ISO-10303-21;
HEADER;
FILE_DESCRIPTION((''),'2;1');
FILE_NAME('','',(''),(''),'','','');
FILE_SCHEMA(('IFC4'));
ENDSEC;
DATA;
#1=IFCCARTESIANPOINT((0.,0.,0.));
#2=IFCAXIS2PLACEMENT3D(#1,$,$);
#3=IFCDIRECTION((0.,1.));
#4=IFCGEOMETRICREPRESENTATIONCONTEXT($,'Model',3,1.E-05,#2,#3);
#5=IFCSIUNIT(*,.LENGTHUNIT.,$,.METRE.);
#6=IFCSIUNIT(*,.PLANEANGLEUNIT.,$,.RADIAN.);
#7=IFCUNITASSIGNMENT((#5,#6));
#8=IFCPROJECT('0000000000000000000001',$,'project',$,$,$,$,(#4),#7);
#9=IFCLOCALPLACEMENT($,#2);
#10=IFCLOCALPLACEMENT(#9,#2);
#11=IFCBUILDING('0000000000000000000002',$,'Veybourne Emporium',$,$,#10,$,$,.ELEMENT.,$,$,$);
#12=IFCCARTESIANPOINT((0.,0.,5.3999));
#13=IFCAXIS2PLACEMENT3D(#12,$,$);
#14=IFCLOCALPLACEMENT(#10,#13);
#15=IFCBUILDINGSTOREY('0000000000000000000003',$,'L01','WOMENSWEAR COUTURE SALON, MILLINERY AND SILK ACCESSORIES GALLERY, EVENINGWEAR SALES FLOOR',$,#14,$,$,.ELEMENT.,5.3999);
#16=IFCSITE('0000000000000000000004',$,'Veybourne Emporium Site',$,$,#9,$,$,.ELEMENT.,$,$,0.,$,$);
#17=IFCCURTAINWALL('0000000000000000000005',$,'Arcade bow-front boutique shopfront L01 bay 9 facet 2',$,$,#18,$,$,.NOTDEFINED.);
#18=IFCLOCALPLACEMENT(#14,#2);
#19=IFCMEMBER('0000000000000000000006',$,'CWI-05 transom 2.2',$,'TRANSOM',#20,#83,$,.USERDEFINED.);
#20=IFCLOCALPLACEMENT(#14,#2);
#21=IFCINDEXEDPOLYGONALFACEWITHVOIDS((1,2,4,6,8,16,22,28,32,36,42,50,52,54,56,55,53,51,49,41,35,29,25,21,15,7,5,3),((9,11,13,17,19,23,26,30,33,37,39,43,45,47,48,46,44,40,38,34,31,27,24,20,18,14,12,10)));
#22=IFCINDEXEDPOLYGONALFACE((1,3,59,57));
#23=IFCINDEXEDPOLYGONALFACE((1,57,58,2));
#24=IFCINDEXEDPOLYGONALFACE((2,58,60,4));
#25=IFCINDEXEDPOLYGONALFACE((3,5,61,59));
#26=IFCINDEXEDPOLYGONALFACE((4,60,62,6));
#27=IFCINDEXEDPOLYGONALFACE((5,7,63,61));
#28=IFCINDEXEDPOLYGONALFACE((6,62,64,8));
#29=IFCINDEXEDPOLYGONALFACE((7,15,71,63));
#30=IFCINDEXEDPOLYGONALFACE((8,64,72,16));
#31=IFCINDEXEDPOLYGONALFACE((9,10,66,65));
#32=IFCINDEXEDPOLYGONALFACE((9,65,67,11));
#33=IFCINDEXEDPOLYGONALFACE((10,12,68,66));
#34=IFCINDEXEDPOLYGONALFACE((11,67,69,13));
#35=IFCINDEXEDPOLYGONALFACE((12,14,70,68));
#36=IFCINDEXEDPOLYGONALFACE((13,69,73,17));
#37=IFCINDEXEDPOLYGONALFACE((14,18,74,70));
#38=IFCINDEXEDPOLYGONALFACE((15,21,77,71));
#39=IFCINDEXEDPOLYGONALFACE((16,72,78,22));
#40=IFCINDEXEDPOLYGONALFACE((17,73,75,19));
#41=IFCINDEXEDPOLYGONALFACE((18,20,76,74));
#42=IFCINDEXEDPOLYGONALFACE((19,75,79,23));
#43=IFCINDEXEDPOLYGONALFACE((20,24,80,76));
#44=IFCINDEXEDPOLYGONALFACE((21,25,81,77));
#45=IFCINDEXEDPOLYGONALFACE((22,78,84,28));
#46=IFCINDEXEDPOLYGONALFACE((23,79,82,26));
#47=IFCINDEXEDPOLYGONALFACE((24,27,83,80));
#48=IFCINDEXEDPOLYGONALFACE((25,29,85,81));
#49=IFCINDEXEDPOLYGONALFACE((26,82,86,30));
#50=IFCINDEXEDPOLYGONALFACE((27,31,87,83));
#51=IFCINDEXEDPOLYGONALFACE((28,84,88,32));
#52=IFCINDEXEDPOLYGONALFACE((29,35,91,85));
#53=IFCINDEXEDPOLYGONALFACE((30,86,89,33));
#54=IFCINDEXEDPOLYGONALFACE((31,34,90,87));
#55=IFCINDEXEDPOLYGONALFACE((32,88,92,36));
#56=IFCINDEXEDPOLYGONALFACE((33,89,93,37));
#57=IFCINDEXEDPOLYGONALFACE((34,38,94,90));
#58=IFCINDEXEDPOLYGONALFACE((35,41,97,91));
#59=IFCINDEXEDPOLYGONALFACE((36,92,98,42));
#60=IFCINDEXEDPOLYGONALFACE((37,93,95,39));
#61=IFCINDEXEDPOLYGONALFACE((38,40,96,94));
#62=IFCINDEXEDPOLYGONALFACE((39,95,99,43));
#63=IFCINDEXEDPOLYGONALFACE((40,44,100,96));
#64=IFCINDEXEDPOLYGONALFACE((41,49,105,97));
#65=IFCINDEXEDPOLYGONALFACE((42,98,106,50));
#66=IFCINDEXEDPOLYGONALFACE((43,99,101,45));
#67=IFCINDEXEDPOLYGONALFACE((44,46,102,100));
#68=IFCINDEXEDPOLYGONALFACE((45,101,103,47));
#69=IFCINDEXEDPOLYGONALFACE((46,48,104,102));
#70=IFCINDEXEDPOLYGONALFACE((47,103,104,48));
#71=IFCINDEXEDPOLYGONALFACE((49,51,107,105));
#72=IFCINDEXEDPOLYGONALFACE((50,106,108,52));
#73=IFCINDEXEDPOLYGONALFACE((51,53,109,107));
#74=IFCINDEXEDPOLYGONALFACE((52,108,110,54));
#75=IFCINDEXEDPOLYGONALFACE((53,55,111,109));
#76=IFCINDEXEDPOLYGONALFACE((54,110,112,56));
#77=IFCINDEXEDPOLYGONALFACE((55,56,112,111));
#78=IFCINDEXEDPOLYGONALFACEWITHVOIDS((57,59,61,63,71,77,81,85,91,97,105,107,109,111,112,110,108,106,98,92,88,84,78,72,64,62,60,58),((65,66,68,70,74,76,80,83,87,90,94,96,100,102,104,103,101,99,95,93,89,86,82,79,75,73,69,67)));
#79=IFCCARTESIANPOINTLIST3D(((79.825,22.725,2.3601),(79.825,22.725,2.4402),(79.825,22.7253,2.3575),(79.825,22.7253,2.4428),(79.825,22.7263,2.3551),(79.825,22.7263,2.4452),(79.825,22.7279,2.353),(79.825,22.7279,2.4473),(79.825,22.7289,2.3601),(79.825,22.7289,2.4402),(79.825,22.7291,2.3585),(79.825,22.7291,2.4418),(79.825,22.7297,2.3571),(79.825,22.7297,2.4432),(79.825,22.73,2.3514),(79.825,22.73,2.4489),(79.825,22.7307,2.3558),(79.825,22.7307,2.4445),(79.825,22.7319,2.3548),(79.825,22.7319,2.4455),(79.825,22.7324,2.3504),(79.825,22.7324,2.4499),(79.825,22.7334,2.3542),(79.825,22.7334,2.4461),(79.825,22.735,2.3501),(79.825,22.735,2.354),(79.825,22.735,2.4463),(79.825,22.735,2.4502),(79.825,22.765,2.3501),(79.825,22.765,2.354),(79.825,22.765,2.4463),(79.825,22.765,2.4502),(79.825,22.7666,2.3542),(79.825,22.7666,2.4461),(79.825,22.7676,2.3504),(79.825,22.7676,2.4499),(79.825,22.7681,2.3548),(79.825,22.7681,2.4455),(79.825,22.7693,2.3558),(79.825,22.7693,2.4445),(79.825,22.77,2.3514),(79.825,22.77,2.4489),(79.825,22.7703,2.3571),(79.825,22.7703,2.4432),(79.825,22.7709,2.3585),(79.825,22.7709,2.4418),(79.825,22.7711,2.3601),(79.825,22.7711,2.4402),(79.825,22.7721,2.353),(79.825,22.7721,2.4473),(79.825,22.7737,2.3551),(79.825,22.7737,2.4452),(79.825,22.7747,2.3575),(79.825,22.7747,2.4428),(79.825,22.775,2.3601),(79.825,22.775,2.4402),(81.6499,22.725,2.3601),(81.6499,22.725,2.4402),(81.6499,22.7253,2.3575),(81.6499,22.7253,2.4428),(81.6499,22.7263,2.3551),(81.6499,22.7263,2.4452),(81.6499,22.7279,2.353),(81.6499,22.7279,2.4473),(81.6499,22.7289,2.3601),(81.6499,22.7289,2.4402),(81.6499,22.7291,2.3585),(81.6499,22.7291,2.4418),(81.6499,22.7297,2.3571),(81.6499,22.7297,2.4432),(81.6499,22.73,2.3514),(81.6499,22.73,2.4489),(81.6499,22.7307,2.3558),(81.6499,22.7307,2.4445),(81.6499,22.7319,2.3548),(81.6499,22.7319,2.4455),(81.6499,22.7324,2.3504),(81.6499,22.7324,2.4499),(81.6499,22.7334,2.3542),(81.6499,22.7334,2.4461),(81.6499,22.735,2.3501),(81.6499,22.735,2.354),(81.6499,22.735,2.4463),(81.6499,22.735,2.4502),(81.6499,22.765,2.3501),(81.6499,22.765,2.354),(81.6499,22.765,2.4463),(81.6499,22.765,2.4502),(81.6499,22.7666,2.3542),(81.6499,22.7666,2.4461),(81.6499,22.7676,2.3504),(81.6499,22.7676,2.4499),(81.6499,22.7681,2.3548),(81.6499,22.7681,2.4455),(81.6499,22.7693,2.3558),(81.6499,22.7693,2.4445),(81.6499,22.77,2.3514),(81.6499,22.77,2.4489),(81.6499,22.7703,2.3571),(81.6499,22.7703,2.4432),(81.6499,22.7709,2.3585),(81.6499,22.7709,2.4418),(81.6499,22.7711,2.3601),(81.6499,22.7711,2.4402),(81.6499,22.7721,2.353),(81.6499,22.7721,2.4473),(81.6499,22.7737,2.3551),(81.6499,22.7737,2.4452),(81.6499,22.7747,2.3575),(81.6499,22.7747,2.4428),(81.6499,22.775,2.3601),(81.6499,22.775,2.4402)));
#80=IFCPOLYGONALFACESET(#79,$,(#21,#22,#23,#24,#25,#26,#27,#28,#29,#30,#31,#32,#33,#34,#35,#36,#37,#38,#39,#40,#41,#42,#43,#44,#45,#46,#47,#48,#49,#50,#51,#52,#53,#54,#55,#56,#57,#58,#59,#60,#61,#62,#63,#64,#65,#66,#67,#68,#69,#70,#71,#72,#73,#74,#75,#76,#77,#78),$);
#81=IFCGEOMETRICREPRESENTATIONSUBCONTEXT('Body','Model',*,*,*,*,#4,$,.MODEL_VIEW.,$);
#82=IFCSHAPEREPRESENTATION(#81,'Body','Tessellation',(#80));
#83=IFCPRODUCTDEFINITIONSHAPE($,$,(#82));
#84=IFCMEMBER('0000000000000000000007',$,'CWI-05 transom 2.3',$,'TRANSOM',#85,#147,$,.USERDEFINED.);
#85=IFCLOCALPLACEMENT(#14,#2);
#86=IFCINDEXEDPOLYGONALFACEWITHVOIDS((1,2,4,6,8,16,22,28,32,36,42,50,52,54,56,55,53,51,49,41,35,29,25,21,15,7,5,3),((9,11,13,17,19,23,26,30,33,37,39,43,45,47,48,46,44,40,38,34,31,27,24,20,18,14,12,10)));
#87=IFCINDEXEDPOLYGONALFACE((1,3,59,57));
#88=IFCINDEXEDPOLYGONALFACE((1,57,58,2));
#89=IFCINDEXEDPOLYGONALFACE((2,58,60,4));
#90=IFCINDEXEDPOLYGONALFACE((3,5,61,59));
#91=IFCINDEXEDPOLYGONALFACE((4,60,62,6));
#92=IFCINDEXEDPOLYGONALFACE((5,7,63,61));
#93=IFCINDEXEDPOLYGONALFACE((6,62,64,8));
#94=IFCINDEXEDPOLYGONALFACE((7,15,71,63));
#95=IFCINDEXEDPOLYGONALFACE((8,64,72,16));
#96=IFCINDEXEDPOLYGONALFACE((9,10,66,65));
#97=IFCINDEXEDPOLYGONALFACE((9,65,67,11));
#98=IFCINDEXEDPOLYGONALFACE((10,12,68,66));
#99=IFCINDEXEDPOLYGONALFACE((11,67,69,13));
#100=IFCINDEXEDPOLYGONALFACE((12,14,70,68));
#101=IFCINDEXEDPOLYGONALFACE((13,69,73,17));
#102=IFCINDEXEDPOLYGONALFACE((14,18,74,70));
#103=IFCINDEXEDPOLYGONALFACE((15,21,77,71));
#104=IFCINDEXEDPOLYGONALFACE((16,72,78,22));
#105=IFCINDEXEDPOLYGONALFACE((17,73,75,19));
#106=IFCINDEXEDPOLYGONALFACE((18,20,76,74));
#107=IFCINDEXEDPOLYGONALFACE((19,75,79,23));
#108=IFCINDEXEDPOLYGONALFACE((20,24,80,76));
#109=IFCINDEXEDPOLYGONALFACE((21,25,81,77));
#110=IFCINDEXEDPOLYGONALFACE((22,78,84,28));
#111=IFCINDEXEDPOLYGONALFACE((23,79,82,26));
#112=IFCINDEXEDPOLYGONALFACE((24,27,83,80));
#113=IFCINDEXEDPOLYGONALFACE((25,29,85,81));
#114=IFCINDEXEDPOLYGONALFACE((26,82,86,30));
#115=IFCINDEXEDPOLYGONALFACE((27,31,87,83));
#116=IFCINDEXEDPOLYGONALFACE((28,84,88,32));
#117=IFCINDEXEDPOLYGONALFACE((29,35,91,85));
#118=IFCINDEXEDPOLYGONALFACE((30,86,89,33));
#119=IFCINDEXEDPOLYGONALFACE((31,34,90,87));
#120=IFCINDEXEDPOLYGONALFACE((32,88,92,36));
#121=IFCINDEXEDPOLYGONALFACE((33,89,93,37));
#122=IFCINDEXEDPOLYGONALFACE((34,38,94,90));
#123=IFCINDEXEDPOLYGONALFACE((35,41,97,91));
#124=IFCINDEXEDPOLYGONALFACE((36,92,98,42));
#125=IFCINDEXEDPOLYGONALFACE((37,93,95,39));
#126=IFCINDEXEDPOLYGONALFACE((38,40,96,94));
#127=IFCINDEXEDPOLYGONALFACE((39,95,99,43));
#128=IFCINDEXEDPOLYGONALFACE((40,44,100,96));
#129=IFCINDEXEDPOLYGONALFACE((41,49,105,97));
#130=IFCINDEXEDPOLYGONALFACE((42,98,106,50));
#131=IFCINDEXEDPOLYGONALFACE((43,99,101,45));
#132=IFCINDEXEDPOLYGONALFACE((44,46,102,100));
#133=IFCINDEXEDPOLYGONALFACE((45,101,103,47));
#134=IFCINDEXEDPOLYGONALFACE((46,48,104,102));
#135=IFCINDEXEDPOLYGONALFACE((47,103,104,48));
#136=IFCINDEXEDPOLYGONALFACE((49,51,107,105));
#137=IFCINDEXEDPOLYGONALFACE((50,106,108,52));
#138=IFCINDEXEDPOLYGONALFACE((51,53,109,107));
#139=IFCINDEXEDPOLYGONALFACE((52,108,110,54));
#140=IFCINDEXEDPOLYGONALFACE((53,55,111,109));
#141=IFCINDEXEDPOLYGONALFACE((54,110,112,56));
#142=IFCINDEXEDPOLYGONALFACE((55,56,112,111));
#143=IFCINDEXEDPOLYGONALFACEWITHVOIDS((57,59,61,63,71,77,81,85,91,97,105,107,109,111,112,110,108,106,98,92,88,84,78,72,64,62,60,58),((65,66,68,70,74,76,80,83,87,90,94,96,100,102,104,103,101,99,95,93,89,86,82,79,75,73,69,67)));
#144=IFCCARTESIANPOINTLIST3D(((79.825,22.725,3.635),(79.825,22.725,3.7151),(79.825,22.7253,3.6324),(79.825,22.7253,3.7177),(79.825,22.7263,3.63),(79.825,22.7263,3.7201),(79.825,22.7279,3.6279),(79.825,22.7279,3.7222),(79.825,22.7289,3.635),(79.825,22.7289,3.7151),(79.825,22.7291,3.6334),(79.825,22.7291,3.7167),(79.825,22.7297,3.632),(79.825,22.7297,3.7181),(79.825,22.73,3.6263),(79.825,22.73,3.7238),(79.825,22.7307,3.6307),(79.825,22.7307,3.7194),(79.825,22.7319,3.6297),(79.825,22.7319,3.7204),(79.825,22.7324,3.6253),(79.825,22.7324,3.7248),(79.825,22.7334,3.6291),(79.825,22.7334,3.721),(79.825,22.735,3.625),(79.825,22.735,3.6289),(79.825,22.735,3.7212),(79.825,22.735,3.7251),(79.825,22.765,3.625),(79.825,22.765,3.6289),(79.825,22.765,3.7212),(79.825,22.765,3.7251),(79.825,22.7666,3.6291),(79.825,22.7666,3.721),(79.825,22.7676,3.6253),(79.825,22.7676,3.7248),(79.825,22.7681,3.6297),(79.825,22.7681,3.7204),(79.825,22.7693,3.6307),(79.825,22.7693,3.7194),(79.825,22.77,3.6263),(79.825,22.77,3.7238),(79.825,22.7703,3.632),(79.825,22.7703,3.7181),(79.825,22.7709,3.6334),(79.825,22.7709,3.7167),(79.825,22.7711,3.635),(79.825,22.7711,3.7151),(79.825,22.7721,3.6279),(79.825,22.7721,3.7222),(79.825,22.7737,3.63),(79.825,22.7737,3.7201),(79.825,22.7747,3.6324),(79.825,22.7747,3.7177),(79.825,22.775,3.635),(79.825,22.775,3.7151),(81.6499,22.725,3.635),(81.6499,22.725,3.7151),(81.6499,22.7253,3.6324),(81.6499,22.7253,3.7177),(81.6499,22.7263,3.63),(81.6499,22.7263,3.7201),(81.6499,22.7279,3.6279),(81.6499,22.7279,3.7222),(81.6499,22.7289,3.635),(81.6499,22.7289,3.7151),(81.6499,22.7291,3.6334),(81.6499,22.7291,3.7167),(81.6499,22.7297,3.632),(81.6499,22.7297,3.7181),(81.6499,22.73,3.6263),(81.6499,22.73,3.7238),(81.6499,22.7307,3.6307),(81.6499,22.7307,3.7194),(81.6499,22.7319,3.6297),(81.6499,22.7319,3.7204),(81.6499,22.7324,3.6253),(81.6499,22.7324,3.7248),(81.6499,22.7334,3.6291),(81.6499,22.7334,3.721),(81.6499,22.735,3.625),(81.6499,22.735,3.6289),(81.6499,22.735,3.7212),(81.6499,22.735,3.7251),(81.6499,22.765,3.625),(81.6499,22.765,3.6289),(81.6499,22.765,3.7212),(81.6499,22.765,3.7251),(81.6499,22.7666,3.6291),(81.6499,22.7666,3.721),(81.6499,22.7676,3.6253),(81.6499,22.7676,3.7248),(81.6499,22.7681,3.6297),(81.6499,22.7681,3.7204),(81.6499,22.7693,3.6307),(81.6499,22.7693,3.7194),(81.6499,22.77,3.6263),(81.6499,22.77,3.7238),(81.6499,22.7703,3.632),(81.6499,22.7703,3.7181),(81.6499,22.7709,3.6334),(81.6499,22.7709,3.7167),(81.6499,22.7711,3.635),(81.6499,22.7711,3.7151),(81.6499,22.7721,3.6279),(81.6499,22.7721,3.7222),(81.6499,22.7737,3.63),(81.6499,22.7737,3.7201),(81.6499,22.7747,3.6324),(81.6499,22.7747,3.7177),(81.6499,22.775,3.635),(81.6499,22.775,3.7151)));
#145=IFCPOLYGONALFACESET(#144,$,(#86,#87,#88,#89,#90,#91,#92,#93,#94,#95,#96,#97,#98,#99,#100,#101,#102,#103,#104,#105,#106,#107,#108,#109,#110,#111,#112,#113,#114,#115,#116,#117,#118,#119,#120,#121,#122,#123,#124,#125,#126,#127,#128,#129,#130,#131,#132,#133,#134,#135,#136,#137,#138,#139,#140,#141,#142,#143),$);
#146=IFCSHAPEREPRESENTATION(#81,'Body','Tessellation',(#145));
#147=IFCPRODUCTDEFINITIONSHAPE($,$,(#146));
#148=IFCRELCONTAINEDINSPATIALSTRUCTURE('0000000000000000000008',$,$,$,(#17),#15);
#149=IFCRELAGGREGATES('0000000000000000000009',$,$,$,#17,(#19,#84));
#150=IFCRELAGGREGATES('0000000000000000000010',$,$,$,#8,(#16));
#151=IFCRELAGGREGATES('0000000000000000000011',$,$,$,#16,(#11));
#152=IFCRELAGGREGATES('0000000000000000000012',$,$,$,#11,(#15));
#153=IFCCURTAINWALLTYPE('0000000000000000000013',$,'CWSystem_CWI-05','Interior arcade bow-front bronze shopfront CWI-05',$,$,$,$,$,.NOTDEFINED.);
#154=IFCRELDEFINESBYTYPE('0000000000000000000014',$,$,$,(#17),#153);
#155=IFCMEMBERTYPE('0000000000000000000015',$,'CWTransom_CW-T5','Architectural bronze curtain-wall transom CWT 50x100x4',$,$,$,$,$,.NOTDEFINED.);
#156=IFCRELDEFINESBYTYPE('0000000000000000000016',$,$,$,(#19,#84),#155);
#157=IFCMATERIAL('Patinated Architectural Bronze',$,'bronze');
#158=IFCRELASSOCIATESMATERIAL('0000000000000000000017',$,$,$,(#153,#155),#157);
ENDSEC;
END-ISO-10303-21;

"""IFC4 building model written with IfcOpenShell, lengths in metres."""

from ifc_helpers import new_model, si_unit, direction, frame, origin, origin_2d, place, context, subcontext, project, spatial, hollow_rectangle, extrude, material, material_profile, profile_set, type_object, element, aggregate, save


model = new_model("IFC4")

# Units and contexts
model_context = context("Model", 3, precision=1e-05, world=origin(), true_north=direction((0.0, 1.0)))
body_context = subcontext(model_context, "Body", "Model", "MODEL_VIEW")
ifc_project = project(units=[si_unit("LENGTHUNIT", "METRE"), si_unit("PLANEANGLEUNIT", "RADIAN")], contexts=[model_context])

# Site, building, storey
site_placement = place(None, origin())
site = spatial("IfcSite", under=ifc_project, at=site_placement, Name="Veybourne Emporium Site", CompositionType="ELEMENT", RefElevation=0.0)
building_placement = place(site_placement, origin())
building = spatial("IfcBuilding", under=site, at=building_placement, Name="Veybourne Emporium", CompositionType="ELEMENT")
storey_placement = place(building_placement, frame((0.0, 0.0, 5.3999)))
storey = spatial("IfcBuildingStorey", under=building, at=storey_placement, Name="L01", Description="WOMENSWEAR COUTURE SALON, MILLINERY AND SILK ACCESSORIES GALLERY, EVENINGWEAR SALES FLOOR", CompositionType="ELEMENT", Elevation=5.3999)

# Curtain wall
ifc_material_1 = material(Name="Patinated Architectural Bronze", Category="bronze")
curtain_wall_type_1 = type_object("IfcCurtainWallType", Name="CWSystem_CWI-05", Description="Interior arcade bow-front bronze shopfront CWI-05", PredefinedType="NOTDEFINED", material=ifc_material_1)
curtain_wall_1_placement = place(storey_placement, origin())
curtain_wall_1 = element("IfcCurtainWall", 1, at=curtain_wall_1_placement, inside=storey, type_object=curtain_wall_type_1, Name="Arcade bow-front boutique shopfront L01 bay 9 facet 2", PredefinedType="NOTDEFINED")

# Members
ifc_material_profile_1 = material_profile(ifc_material_1, hollow_rectangle(XDim=0.05, YDim=0.1001, WallThickness=0.0039, InnerFilletRadius=0.0061, OuterFilletRadius=0.01, at=origin_2d()), Name="CWT 50x100x4")
ifc_profile_set_1 = profile_set([ifc_material_profile_1], Name="Patinated Architectural Bronze")
member_type_1 = type_object("IfcMemberType", Name="CWTransom_CW-T5", Description="Architectural bronze curtain-wall transom CWT 50x100x4", PredefinedType="NOTDEFINED", material=ifc_profile_set_1)
member_1_placement = place(storey_placement, frame((79.825, 22.75, 2.4001), z_axis=(1.0, 0.0, 0.0), x_axis=(0.0, 1.0, 0.0)))
member_1 = element("IfcMember", 2, at=member_1_placement, type_object=member_type_1, Name="CWI-05 transom 2.2", ObjectType="TRANSOM", PredefinedType="USERDEFINED", context=body_context, shape_type="SweptSolid", body=[
    extrude(hollow_rectangle(XDim=0.05, YDim=0.1001, WallThickness=0.0039, InnerFilletRadius=0.0061, OuterFilletRadius=0.01, at=origin_2d()), origin(), (0.0, 0.0, 1.0), 1.825),
])
member_2_placement = place(storey_placement, frame((79.825, 22.75, 3.675), z_axis=(1.0, 0.0, 0.0), x_axis=(0.0, 1.0, 0.0)))
member_2 = element("IfcMember", 3, at=member_2_placement, type_object=member_type_1, Name="CWI-05 transom 2.3", ObjectType="TRANSOM", PredefinedType="USERDEFINED", context=body_context, shape_type="SweptSolid", body=[
    extrude(hollow_rectangle(XDim=0.05, YDim=0.1001, WallThickness=0.0039, InnerFilletRadius=0.0061, OuterFilletRadius=0.01, at=origin_2d()), origin(), (0.0, 0.0, 1.0), 1.825),
])

aggregate(curtain_wall_1, [member_1, member_2])

save(model, "model.ifc")
